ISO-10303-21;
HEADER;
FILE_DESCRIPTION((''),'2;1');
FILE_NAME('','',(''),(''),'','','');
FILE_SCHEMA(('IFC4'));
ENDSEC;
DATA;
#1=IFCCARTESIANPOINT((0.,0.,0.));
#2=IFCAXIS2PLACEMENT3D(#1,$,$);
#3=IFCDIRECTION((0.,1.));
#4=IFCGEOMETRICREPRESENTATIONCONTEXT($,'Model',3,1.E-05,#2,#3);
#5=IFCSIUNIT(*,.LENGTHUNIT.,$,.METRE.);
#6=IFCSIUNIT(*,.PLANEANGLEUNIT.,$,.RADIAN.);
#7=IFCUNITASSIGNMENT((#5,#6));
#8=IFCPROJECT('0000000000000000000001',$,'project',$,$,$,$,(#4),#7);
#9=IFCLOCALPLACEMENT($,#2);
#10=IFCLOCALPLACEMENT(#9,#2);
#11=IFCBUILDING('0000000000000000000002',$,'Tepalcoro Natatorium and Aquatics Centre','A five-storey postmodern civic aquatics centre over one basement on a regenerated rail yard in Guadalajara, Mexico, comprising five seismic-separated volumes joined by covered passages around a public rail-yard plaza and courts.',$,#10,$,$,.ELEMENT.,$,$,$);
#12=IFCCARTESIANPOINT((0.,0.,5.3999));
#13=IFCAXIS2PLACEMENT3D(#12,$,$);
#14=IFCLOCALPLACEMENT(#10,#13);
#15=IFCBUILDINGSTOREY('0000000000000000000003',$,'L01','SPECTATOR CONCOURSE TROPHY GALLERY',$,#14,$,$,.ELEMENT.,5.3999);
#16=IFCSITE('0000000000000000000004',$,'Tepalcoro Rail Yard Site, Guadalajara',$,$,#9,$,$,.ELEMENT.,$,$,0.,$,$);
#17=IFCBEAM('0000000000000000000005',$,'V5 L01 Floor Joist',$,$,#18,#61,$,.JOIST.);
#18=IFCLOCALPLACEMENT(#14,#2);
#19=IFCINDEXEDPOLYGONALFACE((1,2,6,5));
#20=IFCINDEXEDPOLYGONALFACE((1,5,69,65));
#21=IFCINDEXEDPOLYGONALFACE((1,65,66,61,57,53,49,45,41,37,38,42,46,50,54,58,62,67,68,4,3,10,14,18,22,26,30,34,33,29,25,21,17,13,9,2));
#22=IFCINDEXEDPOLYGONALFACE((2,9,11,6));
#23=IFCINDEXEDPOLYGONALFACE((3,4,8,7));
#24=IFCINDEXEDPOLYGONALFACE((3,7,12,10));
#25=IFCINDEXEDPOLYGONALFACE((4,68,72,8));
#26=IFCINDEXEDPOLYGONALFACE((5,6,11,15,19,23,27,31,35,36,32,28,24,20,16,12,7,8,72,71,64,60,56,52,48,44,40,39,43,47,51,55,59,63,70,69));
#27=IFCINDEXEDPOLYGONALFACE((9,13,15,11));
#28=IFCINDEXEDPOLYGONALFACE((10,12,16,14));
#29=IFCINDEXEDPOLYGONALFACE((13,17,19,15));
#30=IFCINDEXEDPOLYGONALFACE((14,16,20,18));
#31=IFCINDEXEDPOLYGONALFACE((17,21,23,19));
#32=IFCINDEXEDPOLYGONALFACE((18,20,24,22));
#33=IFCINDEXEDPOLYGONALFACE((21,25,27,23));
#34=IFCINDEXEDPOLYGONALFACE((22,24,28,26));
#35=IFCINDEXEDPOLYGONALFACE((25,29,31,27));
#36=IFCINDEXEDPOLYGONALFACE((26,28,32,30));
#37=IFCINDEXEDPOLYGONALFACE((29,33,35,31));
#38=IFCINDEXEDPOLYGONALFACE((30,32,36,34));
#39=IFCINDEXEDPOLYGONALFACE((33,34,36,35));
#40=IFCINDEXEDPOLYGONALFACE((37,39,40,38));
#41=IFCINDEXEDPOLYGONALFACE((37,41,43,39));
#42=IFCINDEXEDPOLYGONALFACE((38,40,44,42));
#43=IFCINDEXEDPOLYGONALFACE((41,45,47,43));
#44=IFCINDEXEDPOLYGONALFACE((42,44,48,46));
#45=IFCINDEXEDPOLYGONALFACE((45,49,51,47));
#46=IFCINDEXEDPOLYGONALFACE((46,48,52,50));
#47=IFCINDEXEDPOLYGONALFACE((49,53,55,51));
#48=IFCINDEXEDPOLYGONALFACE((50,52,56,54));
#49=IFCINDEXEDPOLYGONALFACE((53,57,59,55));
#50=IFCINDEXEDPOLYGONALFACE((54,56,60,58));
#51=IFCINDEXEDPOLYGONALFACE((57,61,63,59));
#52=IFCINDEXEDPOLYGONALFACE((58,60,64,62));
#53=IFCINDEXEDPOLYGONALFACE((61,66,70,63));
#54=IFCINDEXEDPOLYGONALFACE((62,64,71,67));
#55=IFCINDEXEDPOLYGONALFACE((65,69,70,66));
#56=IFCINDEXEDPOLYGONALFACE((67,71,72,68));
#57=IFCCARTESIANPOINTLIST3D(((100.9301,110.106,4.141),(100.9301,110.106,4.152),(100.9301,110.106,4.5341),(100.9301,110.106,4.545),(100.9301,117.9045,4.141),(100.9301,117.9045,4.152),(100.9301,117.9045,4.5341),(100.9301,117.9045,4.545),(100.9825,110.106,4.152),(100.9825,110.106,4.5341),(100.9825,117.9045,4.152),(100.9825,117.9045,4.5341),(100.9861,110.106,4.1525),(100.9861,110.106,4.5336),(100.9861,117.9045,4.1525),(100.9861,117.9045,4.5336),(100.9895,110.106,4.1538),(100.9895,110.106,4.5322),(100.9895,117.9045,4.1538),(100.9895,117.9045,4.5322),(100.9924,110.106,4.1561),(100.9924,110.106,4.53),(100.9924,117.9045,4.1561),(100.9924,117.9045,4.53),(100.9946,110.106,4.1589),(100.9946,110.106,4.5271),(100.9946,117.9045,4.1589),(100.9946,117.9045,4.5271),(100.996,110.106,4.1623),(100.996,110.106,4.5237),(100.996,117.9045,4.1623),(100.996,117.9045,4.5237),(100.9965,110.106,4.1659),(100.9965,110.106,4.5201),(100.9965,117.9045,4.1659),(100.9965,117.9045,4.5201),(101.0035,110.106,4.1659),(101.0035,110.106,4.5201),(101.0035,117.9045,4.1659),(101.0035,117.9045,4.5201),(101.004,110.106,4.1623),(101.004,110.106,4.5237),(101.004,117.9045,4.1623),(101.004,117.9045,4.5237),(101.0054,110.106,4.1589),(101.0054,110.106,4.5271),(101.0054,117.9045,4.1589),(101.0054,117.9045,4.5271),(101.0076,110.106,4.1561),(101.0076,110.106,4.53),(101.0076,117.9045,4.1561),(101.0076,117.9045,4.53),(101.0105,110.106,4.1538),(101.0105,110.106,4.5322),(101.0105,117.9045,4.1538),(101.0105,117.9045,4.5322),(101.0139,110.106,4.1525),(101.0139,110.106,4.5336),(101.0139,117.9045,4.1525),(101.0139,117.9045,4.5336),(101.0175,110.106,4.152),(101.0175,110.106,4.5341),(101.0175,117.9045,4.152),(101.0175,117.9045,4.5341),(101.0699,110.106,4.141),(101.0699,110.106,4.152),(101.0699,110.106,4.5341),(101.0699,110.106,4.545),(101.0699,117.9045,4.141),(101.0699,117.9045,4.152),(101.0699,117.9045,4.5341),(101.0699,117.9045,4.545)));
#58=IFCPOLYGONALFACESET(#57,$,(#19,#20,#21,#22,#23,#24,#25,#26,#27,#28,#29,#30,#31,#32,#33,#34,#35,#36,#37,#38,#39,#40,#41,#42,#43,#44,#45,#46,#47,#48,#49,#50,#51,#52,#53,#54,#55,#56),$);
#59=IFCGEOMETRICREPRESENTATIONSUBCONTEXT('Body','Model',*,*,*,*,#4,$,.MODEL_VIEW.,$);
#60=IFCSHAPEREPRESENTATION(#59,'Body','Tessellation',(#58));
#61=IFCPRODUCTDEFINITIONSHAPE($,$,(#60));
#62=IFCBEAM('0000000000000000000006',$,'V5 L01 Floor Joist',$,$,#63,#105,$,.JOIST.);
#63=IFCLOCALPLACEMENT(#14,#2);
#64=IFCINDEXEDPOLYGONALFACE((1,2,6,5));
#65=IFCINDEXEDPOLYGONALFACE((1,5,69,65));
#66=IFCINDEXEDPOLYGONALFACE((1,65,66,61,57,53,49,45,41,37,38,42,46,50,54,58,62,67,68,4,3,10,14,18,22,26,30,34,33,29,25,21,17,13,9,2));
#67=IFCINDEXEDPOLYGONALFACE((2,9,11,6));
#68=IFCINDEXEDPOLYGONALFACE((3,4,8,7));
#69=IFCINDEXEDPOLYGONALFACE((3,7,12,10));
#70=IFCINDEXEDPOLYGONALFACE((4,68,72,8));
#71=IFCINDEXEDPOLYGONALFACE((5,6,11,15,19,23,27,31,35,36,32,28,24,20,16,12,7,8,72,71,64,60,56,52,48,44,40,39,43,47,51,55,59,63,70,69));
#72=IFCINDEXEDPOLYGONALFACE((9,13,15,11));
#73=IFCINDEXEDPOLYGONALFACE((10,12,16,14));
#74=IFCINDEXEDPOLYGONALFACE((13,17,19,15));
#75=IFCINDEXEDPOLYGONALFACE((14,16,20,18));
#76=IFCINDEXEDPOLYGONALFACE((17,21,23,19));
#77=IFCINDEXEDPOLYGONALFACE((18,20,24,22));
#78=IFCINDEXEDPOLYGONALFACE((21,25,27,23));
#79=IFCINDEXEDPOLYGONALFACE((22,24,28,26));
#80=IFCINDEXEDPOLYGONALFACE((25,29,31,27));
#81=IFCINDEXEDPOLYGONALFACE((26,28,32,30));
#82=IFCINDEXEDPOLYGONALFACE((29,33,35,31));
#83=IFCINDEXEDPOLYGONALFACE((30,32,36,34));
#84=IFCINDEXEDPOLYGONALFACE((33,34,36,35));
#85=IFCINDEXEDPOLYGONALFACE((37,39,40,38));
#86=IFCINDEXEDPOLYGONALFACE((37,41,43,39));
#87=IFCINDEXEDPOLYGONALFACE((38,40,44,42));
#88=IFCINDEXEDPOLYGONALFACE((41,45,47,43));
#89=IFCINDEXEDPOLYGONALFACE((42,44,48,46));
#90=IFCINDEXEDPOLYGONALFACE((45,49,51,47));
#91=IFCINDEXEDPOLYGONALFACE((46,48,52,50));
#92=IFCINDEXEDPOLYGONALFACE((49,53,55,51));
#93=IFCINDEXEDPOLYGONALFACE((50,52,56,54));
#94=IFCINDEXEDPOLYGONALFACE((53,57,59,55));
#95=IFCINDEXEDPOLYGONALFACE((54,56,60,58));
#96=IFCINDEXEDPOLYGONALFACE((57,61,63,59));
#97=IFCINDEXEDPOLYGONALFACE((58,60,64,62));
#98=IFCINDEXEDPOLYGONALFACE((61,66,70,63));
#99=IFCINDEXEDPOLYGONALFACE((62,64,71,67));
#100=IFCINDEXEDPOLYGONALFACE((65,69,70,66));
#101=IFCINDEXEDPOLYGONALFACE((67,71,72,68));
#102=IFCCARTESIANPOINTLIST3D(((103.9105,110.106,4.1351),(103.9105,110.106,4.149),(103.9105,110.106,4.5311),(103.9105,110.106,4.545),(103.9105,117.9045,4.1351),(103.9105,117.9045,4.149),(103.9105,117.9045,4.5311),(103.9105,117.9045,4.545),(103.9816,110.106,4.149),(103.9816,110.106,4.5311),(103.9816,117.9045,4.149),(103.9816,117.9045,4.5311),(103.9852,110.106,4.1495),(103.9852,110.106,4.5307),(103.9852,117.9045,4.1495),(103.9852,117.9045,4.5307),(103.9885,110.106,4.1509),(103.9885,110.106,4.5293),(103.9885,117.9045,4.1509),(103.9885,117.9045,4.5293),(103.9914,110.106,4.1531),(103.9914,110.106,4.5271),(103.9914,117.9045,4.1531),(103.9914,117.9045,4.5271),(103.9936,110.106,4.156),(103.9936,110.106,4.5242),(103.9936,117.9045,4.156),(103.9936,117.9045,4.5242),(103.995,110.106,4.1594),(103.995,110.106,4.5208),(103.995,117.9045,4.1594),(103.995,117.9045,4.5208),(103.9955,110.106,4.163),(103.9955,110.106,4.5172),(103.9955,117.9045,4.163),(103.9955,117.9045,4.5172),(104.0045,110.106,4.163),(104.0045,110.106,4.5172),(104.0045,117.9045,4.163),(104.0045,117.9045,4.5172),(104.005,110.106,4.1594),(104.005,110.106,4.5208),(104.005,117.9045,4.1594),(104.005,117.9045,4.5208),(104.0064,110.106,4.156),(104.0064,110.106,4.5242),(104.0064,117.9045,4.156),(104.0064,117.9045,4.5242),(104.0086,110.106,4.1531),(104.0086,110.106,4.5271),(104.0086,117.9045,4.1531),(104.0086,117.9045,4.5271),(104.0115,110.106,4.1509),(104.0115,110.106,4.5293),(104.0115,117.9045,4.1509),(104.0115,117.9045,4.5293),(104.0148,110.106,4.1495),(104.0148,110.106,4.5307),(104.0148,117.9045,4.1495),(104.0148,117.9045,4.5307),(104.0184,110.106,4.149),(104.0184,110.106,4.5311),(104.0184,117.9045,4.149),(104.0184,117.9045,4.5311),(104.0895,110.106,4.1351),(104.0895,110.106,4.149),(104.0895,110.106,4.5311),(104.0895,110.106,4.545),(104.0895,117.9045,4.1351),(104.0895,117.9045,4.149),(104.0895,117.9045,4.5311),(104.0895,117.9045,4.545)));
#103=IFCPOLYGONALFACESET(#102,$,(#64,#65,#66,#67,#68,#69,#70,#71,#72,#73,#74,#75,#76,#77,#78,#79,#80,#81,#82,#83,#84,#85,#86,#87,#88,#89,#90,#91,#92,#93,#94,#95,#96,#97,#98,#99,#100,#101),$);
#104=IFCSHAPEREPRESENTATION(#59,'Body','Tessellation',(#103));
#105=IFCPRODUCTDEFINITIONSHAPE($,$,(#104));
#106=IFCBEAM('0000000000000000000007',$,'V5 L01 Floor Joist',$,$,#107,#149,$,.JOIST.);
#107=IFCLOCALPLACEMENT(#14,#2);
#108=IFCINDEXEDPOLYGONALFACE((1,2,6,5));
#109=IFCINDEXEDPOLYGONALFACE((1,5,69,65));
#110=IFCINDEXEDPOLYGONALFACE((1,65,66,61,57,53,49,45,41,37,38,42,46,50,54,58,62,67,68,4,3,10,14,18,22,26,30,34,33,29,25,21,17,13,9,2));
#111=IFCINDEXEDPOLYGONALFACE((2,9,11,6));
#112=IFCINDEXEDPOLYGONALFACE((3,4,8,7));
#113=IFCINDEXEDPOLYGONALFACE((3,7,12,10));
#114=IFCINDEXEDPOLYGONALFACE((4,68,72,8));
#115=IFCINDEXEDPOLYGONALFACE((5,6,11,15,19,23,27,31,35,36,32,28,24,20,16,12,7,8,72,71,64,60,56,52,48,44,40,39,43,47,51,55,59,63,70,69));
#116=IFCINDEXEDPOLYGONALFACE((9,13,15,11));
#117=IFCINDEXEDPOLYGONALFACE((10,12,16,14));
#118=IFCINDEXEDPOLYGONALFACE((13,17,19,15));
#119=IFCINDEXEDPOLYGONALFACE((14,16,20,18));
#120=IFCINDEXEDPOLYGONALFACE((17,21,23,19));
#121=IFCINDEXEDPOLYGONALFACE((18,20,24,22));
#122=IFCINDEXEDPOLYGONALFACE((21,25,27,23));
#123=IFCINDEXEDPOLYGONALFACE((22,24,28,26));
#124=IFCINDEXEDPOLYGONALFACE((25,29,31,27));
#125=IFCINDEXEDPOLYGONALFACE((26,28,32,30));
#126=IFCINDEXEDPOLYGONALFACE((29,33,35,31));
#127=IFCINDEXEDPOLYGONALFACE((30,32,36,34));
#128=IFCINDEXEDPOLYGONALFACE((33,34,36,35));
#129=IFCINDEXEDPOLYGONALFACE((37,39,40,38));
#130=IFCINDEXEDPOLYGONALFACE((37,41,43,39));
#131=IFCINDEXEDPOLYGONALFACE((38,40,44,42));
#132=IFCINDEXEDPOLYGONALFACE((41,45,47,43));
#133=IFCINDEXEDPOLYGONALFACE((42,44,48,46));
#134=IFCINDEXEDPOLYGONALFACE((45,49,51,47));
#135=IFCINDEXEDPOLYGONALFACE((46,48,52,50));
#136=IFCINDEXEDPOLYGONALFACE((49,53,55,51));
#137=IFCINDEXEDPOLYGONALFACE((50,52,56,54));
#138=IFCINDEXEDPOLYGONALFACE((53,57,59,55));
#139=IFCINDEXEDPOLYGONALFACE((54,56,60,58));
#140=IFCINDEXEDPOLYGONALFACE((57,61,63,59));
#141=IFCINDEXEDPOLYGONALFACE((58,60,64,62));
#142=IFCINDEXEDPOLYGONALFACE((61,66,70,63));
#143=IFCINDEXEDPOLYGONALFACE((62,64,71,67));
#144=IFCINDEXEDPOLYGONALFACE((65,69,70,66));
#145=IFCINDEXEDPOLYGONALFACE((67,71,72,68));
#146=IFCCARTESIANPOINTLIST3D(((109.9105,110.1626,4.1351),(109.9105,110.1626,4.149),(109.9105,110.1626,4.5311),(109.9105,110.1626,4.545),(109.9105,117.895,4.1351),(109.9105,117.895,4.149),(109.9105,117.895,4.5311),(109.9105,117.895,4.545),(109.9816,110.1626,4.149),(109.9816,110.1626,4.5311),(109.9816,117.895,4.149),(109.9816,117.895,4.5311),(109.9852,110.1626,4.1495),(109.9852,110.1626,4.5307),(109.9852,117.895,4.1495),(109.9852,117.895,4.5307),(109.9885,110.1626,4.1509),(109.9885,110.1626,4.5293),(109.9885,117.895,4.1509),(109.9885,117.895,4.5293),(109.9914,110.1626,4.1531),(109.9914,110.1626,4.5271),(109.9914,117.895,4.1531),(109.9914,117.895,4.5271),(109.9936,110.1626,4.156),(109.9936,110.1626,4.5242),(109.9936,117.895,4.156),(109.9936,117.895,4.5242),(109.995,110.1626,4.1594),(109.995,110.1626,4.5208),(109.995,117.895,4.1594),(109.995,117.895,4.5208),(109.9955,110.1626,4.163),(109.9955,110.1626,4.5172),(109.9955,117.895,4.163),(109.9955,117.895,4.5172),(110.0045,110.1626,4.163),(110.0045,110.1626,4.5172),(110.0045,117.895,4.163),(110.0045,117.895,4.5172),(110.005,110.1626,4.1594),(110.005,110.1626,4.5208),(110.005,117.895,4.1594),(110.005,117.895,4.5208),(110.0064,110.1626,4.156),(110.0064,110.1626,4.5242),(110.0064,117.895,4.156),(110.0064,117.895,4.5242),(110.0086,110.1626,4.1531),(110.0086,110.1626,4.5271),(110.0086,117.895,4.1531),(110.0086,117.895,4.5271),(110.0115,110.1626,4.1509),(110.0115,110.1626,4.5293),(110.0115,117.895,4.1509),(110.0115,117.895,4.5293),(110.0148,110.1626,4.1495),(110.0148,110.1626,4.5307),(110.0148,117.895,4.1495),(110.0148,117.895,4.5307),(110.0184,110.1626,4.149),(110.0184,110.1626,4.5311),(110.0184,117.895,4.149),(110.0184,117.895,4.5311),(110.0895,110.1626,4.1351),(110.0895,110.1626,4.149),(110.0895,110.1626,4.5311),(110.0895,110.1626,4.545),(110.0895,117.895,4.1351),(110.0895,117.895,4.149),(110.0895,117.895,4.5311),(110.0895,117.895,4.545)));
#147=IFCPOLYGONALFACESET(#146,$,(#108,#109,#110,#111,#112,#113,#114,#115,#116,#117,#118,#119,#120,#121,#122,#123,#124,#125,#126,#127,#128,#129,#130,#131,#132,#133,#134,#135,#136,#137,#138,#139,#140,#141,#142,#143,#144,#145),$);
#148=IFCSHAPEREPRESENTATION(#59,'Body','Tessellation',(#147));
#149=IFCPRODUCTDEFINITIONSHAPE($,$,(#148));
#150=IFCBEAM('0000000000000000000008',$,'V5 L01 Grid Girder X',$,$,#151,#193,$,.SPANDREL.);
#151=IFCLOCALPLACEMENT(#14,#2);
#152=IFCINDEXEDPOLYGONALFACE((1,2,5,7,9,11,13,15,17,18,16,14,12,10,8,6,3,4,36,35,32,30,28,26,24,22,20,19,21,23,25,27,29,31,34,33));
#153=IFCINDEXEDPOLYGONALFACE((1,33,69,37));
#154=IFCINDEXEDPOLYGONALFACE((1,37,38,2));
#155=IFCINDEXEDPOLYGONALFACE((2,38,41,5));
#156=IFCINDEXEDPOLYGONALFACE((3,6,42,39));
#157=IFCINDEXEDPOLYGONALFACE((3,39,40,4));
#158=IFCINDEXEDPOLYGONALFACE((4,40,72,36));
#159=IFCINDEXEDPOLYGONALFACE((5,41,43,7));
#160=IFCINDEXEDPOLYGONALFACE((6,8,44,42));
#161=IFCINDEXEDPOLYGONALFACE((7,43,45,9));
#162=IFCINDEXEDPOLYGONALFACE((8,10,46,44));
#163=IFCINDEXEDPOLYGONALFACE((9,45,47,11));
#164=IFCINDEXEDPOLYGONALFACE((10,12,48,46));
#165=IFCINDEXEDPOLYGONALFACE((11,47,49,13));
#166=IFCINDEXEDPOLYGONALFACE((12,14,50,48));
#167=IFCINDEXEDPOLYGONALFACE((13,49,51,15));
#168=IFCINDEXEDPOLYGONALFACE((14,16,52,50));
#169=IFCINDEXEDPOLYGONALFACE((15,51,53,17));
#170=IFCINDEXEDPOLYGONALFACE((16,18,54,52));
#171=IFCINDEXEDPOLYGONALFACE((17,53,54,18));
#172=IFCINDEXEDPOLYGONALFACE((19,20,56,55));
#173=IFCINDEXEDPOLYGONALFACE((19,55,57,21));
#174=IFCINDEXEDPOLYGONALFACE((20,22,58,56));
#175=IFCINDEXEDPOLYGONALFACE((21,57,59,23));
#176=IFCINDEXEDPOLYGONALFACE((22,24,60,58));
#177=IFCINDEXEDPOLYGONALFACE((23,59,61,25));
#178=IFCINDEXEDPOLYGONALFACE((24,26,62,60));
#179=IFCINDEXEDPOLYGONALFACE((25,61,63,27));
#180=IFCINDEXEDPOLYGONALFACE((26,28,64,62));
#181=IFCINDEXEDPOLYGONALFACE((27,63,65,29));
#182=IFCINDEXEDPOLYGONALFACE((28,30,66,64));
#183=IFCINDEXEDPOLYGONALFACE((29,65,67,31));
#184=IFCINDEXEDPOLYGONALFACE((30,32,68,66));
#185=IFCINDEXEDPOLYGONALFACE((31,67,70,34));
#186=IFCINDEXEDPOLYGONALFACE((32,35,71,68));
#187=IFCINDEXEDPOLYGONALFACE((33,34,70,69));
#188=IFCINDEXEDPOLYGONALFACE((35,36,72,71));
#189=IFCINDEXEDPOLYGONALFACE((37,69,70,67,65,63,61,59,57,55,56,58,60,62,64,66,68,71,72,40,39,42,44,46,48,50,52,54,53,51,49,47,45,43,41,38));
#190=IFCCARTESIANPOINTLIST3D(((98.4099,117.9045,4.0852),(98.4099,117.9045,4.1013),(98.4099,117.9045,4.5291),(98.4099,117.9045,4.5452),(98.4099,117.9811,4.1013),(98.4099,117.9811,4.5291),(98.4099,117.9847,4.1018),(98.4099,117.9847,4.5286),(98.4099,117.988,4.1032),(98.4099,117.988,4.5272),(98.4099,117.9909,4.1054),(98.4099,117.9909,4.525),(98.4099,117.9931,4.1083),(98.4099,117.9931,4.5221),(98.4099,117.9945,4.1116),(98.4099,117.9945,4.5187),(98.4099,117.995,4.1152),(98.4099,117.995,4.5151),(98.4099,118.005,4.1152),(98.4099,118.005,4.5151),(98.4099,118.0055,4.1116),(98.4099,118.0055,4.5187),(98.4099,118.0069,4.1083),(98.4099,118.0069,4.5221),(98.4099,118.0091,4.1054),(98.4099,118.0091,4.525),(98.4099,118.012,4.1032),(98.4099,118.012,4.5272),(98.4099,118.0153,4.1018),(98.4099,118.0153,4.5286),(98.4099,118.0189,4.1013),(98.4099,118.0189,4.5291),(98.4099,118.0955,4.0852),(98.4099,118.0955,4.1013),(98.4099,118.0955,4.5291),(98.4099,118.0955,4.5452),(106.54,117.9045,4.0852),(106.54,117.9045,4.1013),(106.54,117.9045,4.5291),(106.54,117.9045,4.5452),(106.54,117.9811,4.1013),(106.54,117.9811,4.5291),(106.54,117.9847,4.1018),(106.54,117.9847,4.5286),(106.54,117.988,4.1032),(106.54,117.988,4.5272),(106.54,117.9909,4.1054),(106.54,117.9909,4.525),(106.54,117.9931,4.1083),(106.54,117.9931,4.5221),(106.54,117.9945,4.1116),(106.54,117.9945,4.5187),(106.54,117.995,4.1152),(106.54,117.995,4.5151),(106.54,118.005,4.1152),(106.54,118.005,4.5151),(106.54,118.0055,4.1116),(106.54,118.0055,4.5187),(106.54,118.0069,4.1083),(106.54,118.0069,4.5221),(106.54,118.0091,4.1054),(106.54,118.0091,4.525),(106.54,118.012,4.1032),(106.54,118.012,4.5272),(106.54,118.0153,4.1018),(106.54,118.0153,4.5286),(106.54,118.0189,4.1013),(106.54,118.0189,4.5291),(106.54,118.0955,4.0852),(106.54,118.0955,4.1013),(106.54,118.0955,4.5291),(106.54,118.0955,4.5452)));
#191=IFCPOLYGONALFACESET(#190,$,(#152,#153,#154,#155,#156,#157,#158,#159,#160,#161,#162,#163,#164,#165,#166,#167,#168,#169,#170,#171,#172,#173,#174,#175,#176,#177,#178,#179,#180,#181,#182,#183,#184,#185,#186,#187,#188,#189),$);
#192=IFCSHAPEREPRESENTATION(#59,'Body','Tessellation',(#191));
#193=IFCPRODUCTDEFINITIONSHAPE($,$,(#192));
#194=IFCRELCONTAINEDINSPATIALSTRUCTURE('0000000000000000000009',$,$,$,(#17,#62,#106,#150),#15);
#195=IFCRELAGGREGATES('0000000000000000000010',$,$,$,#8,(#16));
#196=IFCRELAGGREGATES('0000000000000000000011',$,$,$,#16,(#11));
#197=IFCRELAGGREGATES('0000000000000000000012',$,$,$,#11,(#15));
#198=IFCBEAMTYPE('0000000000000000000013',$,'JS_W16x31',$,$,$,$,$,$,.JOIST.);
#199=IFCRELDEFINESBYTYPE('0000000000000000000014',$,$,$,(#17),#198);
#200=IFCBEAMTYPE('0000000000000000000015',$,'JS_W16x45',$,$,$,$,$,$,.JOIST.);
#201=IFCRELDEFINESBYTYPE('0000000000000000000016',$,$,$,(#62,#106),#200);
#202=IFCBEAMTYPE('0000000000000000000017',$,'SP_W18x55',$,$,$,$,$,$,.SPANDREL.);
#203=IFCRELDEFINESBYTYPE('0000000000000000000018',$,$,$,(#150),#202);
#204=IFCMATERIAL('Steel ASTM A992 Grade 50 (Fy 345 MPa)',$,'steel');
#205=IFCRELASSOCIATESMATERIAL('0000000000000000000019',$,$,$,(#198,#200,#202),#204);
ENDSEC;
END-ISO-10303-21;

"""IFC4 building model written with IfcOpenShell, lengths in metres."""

from ifc_helpers import new_model, si_unit, direction, frame, origin, origin_2d, place, context, subcontext, project, spatial, i_section, extrude, material, material_profile, profile_set, type_object, element, save


model = new_model("IFC4")

# Units and contexts
model_context = context("Model", 3, precision=1e-05, world=origin(), true_north=direction((0.0, 1.0)))
body_context = subcontext(model_context, "Body", "Model", "MODEL_VIEW")
ifc_project = project(units=[si_unit("LENGTHUNIT", "METRE"), si_unit("PLANEANGLEUNIT", "RADIAN")], contexts=[model_context])

# Site, building, storey
site_placement = place(None, origin())
site = spatial("IfcSite", under=ifc_project, at=site_placement, Name="Tepalcoro Rail Yard Site, Guadalajara", CompositionType="ELEMENT", RefElevation=0.0)
building_placement = place(site_placement, origin())
building = spatial("IfcBuilding", under=site, at=building_placement, Name="Tepalcoro Natatorium and Aquatics Centre", Description="A five-storey postmodern civic aquatics centre over one basement on a regenerated rail yard in Guadalajara, Mexico, comprising five seismic-separated volumes joined by covered passages around a public rail-yard plaza and courts.", CompositionType="ELEMENT")
storey_placement = place(building_placement, frame((0.0, 0.0, 5.3999)))
storey = spatial("IfcBuildingStorey", under=building, at=storey_placement, Name="L01", Description="SPECTATOR CONCOURSE TROPHY GALLERY", CompositionType="ELEMENT", Elevation=5.3999)

# Shared definitions
ifc_material_1 = material(Name="Steel ASTM A992 Grade 50 (Fy 345 MPa)", Category="steel")

# Beams
ifc_material_profile_1 = material_profile(ifc_material_1, i_section(OverallWidth=0.1399, OverallDepth=0.4041, WebThickness=0.0071, FlangeThickness=0.011, FilletRadius=0.0139, at=origin_2d()), Name="W16X31")
ifc_profile_set_1 = profile_set([ifc_material_profile_1], Name="Steel ASTM A992 Grade 50 (Fy 345 MPa)")
beam_type_1 = type_object("IfcBeamType", Name="JS_W16x31", PredefinedType="JOIST", material=ifc_profile_set_1)
beam_1_placement = place(storey_placement, frame((101.0, 110.106, 4.343), z_axis=(0.0, 1.0, 0.0), x_axis=(-1.0, 0.0, 0.0)))
element("IfcBeam", 1, at=beam_1_placement, inside=storey, type_object=beam_type_1, Name="V5 L01 Floor Joist", PredefinedType="JOIST", context=body_context, shape_type="SweptSolid", body=[
    extrude(i_section(OverallWidth=0.1399, OverallDepth=0.4041, WebThickness=0.0071, FlangeThickness=0.011, FilletRadius=0.0139, at=origin_2d()), origin(), (0.0, 0.0, 1.0), 7.7986),
])
ifc_material_profile_2 = material_profile(ifc_material_1, i_section(OverallWidth=0.179, OverallDepth=0.4099, WebThickness=0.009, FlangeThickness=0.0139, FilletRadius=0.0139, at=origin_2d()), Name="W16X45")
ifc_profile_set_2 = profile_set([ifc_material_profile_2], Name="Steel ASTM A992 Grade 50 (Fy 345 MPa)")
beam_type_2 = type_object("IfcBeamType", Name="JS_W16x45", PredefinedType="JOIST", material=ifc_profile_set_2)
beam_2_placement = place(storey_placement, frame((104.0, 110.106, 4.3401), z_axis=(0.0, 1.0, 0.0), x_axis=(-1.0, 0.0, 0.0)))
element("IfcBeam", 2, at=beam_2_placement, inside=storey, type_object=beam_type_2, Name="V5 L01 Floor Joist", PredefinedType="JOIST", context=body_context, shape_type="SweptSolid", body=[
    extrude(i_section(OverallWidth=0.179, OverallDepth=0.4099, WebThickness=0.009, FlangeThickness=0.0139, FilletRadius=0.0139, at=origin_2d()), origin(), (0.0, 0.0, 1.0), 7.7986),
])
beam_3_placement = place(storey_placement, frame((110.0, 110.1626, 4.3401), z_axis=(0.0, 1.0, 0.0), x_axis=(-1.0, 0.0, 0.0)))
element("IfcBeam", 3, at=beam_3_placement, inside=storey, type_object=beam_type_2, Name="V5 L01 Floor Joist", PredefinedType="JOIST", context=body_context, shape_type="SweptSolid", body=[
    extrude(i_section(OverallWidth=0.179, OverallDepth=0.4099, WebThickness=0.009, FlangeThickness=0.0139, FilletRadius=0.0139, at=origin_2d()), origin(), (0.0, 0.0, 1.0), 7.7324),
])
ifc_material_profile_3 = material_profile(ifc_material_1, i_section(OverallWidth=0.1909, OverallDepth=0.46, WebThickness=0.01, FlangeThickness=0.0161, FilletRadius=0.0139, at=origin_2d()), Name="W18X55")
ifc_profile_set_3 = profile_set([ifc_material_profile_3], Name="Steel ASTM A992 Grade 50 (Fy 345 MPa)")
beam_type_3 = type_object("IfcBeamType", Name="SP_W18x55", PredefinedType="SPANDREL", material=ifc_profile_set_3)
beam_4_placement = place(storey_placement, frame((98.4099, 118.0, 4.3152), z_axis=(1.0, 0.0, 0.0), x_axis=(0.0, 1.0, 0.0)))
element("IfcBeam", 4, at=beam_4_placement, inside=storey, type_object=beam_type_3, Name="V5 L01 Grid Girder X", PredefinedType="SPANDREL", context=body_context, shape_type="SweptSolid", body=[
    extrude(i_section(OverallWidth=0.1909, OverallDepth=0.46, WebThickness=0.01, FlangeThickness=0.0161, FilletRadius=0.0139, at=origin_2d()), origin(), (0.0, 0.0, 1.0), 8.1301),
])

save(model, "model.ifc")
